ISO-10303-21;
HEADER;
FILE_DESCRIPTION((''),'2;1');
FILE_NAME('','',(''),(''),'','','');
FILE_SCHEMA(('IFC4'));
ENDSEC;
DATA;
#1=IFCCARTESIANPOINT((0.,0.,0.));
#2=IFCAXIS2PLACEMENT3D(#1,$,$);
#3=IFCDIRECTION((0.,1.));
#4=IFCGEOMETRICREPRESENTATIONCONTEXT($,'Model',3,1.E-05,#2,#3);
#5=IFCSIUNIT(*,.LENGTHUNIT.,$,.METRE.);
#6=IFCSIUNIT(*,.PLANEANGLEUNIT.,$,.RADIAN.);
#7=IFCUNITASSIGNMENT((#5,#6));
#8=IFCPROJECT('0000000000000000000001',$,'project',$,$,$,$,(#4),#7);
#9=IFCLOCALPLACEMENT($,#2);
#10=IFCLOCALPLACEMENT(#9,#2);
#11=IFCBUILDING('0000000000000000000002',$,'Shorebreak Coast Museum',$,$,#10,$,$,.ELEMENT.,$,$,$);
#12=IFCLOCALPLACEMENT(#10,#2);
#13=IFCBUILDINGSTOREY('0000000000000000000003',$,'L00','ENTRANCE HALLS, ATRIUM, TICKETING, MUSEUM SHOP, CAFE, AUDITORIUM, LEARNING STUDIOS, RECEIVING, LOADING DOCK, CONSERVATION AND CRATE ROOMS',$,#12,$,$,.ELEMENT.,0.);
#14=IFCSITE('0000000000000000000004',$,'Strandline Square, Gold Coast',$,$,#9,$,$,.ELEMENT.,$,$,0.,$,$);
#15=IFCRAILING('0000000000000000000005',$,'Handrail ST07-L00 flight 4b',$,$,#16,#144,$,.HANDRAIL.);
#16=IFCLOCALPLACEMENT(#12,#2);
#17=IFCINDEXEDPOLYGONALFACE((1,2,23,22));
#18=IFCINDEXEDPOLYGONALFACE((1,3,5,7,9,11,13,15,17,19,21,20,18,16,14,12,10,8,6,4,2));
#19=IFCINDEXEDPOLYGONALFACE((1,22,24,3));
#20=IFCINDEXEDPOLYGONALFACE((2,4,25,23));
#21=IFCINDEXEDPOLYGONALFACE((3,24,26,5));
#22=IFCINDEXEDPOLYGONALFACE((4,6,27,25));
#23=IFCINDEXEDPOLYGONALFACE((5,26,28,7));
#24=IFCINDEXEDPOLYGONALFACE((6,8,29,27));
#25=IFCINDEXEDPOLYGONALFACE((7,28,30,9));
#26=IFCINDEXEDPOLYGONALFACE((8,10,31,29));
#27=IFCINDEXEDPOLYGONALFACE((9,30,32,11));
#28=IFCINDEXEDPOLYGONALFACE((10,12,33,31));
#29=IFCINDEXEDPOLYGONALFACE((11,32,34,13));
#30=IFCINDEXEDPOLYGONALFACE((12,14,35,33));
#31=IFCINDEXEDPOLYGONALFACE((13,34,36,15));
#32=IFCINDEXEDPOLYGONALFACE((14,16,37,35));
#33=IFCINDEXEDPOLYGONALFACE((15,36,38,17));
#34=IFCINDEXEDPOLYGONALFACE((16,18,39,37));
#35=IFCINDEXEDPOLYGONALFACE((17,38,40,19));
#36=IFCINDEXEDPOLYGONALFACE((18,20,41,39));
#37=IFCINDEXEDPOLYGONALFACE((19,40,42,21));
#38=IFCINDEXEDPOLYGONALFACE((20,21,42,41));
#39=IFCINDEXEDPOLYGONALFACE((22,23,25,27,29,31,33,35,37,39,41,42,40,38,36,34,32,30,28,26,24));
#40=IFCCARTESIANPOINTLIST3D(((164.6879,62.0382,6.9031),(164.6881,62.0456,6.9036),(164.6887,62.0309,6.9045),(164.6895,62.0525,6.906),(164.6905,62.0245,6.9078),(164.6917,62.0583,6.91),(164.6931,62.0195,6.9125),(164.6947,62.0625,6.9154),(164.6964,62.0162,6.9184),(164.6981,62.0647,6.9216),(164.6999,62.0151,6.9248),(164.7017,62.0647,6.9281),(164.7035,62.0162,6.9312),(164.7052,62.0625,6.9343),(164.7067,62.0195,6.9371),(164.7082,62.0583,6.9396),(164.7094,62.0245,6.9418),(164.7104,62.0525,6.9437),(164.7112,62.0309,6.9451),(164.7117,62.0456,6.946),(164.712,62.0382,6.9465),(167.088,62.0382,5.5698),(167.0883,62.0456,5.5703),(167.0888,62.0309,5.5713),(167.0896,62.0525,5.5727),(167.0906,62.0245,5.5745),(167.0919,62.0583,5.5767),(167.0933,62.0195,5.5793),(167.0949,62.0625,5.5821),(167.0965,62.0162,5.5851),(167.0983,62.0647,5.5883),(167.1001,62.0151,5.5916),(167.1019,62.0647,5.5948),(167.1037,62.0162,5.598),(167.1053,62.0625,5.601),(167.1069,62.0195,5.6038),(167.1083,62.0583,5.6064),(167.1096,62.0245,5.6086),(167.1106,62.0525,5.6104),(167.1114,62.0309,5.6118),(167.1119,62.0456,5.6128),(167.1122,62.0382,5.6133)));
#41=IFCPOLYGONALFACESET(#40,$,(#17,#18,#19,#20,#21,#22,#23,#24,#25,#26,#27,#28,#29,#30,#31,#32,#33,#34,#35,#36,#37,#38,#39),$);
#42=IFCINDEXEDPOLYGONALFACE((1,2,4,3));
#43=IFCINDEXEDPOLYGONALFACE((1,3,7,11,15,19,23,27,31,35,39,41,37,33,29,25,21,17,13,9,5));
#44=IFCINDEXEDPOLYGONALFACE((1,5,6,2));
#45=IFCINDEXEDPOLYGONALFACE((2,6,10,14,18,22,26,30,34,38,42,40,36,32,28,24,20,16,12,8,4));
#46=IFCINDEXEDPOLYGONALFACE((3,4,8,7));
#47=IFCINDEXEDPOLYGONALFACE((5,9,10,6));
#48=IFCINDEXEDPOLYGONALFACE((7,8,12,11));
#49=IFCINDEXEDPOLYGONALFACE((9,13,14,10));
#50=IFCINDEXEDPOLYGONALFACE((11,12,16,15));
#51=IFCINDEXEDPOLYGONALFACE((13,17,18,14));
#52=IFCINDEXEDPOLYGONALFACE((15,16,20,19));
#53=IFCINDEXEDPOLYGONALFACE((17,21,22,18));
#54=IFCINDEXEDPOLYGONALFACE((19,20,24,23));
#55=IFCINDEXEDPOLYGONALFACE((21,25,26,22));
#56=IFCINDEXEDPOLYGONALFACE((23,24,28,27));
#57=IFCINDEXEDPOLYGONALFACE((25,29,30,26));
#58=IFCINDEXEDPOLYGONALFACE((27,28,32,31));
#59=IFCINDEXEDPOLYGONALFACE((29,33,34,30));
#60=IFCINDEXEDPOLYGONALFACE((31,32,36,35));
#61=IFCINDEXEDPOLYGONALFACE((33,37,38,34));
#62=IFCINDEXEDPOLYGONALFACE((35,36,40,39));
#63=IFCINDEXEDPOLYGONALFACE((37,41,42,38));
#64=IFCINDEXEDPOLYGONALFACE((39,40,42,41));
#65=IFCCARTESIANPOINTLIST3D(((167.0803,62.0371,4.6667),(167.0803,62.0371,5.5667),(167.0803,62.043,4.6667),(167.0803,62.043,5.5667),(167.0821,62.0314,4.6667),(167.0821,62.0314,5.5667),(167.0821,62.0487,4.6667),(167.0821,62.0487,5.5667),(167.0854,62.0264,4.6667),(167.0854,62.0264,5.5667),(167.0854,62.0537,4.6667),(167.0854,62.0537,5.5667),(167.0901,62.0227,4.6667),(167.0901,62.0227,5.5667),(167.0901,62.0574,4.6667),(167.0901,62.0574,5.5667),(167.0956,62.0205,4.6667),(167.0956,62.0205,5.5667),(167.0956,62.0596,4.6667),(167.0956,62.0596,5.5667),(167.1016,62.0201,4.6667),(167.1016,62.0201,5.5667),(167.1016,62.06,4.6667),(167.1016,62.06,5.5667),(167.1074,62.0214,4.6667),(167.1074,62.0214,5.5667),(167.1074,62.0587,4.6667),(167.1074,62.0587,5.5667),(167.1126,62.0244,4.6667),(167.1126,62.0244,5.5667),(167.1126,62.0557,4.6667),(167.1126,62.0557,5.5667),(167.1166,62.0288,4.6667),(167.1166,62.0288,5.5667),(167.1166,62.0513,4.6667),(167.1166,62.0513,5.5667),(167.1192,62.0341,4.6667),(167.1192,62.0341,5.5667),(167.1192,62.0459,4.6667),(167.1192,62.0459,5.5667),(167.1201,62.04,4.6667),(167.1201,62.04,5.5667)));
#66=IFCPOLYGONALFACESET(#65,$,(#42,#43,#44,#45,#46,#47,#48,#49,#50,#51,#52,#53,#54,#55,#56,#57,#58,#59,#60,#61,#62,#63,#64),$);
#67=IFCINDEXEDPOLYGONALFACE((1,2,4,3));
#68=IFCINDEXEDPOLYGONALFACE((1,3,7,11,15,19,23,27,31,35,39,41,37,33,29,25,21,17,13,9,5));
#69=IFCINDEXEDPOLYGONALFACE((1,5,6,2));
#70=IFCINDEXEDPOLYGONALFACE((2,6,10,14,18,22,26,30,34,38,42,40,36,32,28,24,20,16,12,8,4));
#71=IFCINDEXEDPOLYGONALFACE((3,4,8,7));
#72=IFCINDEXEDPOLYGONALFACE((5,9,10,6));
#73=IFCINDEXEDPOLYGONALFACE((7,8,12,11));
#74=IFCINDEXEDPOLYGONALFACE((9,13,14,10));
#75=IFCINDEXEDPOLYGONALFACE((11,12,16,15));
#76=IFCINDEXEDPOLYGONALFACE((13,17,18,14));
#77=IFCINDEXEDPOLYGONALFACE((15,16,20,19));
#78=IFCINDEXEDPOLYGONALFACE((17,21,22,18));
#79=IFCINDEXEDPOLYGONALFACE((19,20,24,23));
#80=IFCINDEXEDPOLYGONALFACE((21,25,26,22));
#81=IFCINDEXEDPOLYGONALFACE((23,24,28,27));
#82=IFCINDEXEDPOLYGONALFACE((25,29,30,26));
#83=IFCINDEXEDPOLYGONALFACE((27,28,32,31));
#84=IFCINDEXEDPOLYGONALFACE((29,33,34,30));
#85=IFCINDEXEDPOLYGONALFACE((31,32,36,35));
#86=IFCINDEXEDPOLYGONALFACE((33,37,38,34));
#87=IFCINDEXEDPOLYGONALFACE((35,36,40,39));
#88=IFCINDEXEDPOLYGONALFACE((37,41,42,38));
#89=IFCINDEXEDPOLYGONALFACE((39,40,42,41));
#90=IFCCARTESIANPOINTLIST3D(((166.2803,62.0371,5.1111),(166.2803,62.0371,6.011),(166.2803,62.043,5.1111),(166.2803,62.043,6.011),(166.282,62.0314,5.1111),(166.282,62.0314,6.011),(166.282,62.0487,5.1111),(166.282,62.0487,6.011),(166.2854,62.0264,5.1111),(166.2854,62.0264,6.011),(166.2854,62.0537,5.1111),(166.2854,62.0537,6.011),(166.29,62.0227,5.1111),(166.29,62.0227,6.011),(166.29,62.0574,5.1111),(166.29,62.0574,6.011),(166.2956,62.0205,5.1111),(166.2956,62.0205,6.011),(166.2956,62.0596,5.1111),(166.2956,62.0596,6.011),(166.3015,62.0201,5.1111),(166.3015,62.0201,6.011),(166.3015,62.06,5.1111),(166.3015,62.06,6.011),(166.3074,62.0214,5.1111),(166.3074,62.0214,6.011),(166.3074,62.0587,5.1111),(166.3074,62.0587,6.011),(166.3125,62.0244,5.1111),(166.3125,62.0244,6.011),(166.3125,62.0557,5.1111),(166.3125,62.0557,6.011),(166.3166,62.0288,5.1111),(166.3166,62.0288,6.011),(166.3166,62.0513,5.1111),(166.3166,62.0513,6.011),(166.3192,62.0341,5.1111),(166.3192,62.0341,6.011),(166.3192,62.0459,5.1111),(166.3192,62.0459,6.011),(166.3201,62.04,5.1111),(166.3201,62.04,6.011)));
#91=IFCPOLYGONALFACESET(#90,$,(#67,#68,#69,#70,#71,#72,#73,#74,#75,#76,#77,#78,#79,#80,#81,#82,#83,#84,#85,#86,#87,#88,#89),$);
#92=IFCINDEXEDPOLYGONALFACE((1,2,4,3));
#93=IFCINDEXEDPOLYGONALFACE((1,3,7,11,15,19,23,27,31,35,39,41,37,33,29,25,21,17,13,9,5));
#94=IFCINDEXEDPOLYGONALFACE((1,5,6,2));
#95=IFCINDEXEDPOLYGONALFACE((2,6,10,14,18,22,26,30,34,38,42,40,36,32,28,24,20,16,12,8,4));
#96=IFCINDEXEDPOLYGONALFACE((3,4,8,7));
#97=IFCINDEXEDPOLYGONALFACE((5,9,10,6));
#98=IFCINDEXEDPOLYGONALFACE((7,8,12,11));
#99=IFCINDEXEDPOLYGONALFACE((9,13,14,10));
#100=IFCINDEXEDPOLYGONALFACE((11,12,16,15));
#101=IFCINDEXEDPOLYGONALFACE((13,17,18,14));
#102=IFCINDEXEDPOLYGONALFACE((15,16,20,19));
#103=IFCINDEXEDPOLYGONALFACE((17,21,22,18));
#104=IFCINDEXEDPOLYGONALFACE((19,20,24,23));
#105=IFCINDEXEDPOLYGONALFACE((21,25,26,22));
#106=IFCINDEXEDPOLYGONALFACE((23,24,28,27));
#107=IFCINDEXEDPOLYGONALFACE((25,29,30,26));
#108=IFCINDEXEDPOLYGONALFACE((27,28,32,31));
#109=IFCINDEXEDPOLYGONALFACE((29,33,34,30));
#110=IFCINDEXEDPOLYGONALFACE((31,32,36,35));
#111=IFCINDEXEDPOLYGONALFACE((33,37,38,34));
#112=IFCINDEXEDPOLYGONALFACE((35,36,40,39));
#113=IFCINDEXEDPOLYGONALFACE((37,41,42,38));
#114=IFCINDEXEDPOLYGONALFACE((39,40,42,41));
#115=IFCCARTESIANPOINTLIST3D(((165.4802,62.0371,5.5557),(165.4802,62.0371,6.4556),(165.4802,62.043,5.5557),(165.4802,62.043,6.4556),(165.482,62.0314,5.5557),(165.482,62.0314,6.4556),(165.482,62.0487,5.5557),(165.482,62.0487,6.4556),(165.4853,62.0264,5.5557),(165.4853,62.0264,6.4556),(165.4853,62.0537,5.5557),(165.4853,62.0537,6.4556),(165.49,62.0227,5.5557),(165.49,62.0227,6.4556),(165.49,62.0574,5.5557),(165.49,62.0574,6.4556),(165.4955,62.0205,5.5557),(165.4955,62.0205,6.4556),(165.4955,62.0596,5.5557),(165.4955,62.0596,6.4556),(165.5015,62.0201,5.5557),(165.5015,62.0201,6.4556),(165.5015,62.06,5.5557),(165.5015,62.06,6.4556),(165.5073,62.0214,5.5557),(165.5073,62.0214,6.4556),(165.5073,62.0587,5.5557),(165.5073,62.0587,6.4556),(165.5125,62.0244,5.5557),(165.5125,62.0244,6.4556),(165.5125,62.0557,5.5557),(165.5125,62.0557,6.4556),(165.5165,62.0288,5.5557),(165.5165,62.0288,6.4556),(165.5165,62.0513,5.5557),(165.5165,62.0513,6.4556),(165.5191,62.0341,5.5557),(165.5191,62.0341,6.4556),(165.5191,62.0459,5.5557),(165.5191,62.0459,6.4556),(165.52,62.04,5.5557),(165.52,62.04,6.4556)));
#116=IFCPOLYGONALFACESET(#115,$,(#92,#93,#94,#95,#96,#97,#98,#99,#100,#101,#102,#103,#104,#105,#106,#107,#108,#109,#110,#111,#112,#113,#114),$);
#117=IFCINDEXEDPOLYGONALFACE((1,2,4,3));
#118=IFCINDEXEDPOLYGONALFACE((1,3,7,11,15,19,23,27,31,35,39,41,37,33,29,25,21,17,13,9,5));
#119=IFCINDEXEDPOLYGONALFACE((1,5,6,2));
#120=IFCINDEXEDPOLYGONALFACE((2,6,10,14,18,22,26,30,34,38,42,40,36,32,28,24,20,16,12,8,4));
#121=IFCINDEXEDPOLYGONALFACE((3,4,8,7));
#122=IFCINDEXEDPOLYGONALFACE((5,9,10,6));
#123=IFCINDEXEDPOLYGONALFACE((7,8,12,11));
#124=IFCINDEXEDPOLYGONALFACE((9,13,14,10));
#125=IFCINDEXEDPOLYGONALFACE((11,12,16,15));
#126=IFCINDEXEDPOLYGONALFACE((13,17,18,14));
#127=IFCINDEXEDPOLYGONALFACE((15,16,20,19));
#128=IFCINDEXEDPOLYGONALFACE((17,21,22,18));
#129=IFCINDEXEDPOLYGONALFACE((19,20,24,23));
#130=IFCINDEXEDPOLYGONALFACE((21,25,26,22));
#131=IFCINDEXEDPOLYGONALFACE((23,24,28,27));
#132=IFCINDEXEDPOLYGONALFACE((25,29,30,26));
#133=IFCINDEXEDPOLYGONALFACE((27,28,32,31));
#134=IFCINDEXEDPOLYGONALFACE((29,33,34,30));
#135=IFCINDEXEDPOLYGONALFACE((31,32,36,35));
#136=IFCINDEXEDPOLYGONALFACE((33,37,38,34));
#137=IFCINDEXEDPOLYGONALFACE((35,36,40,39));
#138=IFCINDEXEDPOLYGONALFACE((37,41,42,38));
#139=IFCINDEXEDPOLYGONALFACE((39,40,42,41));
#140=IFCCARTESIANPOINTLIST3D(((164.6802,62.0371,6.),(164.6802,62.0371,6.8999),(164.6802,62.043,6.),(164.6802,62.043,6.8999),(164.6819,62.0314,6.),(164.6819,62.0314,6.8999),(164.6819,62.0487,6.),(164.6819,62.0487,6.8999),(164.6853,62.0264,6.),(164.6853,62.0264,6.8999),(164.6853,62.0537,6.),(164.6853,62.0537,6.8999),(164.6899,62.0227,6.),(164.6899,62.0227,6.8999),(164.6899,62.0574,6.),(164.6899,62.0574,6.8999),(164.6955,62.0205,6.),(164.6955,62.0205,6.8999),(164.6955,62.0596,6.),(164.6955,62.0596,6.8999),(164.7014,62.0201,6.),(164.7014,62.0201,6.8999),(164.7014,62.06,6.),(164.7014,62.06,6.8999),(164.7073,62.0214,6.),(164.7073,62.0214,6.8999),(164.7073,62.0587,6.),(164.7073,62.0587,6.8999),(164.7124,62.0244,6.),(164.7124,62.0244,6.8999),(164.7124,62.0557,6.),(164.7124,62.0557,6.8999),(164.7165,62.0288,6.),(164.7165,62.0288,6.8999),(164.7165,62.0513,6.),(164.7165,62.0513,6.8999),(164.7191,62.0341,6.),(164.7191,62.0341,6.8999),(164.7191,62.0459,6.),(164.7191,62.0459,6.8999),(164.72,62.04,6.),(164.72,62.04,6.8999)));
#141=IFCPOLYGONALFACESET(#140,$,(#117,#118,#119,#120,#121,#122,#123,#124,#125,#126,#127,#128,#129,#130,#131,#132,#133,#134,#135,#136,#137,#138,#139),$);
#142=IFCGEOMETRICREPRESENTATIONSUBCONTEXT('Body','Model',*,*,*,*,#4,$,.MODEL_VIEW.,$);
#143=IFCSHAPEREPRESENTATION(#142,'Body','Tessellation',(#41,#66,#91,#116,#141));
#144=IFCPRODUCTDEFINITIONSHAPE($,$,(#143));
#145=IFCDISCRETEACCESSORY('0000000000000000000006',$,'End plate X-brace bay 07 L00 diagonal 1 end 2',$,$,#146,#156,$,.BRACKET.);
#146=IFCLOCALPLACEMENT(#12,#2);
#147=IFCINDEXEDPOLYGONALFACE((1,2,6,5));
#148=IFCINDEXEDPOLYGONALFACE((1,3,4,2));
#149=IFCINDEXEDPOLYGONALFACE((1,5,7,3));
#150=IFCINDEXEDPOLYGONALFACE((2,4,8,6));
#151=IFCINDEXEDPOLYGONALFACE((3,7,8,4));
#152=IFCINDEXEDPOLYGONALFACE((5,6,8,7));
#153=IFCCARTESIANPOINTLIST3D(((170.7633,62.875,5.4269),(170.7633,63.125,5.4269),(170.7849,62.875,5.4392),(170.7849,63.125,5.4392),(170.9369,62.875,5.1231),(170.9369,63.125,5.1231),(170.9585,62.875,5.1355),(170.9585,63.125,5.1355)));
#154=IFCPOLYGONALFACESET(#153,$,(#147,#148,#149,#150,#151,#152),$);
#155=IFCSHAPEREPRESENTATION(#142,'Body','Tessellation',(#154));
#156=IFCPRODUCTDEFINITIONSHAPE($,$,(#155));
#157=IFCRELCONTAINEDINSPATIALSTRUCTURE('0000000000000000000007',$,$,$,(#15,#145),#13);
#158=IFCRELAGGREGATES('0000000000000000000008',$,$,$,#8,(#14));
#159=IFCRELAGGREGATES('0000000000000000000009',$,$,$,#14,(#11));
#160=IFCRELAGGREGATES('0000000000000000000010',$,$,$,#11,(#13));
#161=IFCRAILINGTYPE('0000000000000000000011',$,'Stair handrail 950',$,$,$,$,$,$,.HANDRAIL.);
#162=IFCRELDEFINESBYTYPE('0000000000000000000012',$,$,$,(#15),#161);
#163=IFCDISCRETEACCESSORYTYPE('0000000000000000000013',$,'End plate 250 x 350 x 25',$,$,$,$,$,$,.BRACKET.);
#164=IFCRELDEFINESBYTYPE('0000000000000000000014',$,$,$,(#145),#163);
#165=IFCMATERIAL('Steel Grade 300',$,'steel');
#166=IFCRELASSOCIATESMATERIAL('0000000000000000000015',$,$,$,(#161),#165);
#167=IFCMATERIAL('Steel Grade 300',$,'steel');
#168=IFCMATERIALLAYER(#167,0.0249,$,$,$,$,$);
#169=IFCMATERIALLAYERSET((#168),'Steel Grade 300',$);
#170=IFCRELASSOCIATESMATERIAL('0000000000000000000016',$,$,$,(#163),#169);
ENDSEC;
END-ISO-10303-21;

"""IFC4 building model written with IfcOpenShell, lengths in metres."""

from ifc_helpers import new_model, si_unit, direction, frame, origin, origin_2d, place, context, subcontext, project, spatial, polyline, circle, outline, extrude, material, layer, layer_set, type_object, element, save


model = new_model("IFC4")

# Units and contexts
model_context = context("Model", 3, precision=1e-05, world=origin(), true_north=direction((0.0, 1.0)))
body_context = subcontext(model_context, "Body", "Model", "MODEL_VIEW")
ifc_project = project(units=[si_unit("LENGTHUNIT", "METRE"), si_unit("PLANEANGLEUNIT", "RADIAN")], contexts=[model_context])

# Site, building, storey
site_placement = place(None, origin())
site = spatial("IfcSite", under=ifc_project, at=site_placement, Name="Strandline Square, Gold Coast", CompositionType="ELEMENT", RefElevation=0.0)
building_placement = place(site_placement, origin())
building = spatial("IfcBuilding", under=site, at=building_placement, Name="Shorebreak Coast Museum", CompositionType="ELEMENT")
storey_placement = place(building_placement, origin())
storey = spatial("IfcBuildingStorey", under=building, at=storey_placement, Name="L00", Description="ENTRANCE HALLS, ATRIUM, TICKETING, MUSEUM SHOP, CAFE, AUDITORIUM, LEARNING STUDIOS, RECEIVING, LOADING DOCK, CONSERVATION AND CRATE ROOMS", CompositionType="ELEMENT", Elevation=0.0)

# Railing
ifc_material_1 = material(Name="Steel Grade 300", Category="steel")
railing_type_1 = type_object("IfcRailingType", Name="Stair handrail 950", PredefinedType="HANDRAIL", material=ifc_material_1)
for number, where, name in (
    (1, (167.1001, 62.04, 4.6667), "Handrail ST07-L00 flight 4b"),
):
    element("IfcRailing", number, at=place(storey_placement, frame(where)), inside=storey, type_object=railing_type_1, Name=name, PredefinedType="HANDRAIL", context=body_context, shape_type="SweptSolid", body=[
        extrude(circle(Radius=0.0249, at=origin_2d()), frame((0.0, 0.0, 0.9248), z_axis=(-0.874182, 0.0, 0.485598), x_axis=(0.0, -1.0, 0.0)), (0.0, 0.0, 1.0), 2.7456),
        extrude(circle(Radius=0.02, at=origin_2d()), origin(), (0.0, 0.0, 1.0), 0.8999),
        extrude(circle(Radius=0.02, at=origin_2d()), frame((-0.8, 0.0, 0.4443)), (0.0, 0.0, 1.0), 0.8999),
        extrude(circle(Radius=0.02, at=origin_2d()), frame((-1.6001, 0.0, 0.8889)), (0.0, 0.0, 1.0), 0.8999),
        extrude(circle(Radius=0.02, at=origin_2d()), frame((-2.4001, 0.0, 1.3333)), (0.0, 0.0, 1.0), 0.8999),
    ])

# Discrete accessory
ifc_material_2 = material(Name="Steel Grade 300", Category="steel")
ifc_layer_1 = layer(ifc_material_2, 0.0249)
ifc_layer_set_1 = layer_set([ifc_layer_1], Name="Steel Grade 300")
discrete_accessory_type = type_object("IfcDiscreteAccessoryType", Name="End plate 250 x 350 x 25", PredefinedType="BRACKET", material=ifc_layer_set_1)
discrete_accessory_placement = place(storey_placement, frame((170.9585, 62.875, 5.1355), z_axis=(0.8682, 0.0, 0.496214), x_axis=(0.0, 1.0, 0.0)))
element("IfcDiscreteAccessory", 2, at=discrete_accessory_placement, inside=storey, type_object=discrete_accessory_type, Name="End plate X-brace bay 07 L00 diagonal 1 end 2", PredefinedType="BRACKET", context=body_context, shape_type="SweptSolid", body=[
    extrude(outline(polyline([(0.0, 0.0), (0.25, 0.0), (0.25, 0.3498), (0.0, 0.3498), (0.0, 0.0)])), origin(), (0.0, 0.0, -1.0), 0.0249),
])

save(model, "model.ifc")
